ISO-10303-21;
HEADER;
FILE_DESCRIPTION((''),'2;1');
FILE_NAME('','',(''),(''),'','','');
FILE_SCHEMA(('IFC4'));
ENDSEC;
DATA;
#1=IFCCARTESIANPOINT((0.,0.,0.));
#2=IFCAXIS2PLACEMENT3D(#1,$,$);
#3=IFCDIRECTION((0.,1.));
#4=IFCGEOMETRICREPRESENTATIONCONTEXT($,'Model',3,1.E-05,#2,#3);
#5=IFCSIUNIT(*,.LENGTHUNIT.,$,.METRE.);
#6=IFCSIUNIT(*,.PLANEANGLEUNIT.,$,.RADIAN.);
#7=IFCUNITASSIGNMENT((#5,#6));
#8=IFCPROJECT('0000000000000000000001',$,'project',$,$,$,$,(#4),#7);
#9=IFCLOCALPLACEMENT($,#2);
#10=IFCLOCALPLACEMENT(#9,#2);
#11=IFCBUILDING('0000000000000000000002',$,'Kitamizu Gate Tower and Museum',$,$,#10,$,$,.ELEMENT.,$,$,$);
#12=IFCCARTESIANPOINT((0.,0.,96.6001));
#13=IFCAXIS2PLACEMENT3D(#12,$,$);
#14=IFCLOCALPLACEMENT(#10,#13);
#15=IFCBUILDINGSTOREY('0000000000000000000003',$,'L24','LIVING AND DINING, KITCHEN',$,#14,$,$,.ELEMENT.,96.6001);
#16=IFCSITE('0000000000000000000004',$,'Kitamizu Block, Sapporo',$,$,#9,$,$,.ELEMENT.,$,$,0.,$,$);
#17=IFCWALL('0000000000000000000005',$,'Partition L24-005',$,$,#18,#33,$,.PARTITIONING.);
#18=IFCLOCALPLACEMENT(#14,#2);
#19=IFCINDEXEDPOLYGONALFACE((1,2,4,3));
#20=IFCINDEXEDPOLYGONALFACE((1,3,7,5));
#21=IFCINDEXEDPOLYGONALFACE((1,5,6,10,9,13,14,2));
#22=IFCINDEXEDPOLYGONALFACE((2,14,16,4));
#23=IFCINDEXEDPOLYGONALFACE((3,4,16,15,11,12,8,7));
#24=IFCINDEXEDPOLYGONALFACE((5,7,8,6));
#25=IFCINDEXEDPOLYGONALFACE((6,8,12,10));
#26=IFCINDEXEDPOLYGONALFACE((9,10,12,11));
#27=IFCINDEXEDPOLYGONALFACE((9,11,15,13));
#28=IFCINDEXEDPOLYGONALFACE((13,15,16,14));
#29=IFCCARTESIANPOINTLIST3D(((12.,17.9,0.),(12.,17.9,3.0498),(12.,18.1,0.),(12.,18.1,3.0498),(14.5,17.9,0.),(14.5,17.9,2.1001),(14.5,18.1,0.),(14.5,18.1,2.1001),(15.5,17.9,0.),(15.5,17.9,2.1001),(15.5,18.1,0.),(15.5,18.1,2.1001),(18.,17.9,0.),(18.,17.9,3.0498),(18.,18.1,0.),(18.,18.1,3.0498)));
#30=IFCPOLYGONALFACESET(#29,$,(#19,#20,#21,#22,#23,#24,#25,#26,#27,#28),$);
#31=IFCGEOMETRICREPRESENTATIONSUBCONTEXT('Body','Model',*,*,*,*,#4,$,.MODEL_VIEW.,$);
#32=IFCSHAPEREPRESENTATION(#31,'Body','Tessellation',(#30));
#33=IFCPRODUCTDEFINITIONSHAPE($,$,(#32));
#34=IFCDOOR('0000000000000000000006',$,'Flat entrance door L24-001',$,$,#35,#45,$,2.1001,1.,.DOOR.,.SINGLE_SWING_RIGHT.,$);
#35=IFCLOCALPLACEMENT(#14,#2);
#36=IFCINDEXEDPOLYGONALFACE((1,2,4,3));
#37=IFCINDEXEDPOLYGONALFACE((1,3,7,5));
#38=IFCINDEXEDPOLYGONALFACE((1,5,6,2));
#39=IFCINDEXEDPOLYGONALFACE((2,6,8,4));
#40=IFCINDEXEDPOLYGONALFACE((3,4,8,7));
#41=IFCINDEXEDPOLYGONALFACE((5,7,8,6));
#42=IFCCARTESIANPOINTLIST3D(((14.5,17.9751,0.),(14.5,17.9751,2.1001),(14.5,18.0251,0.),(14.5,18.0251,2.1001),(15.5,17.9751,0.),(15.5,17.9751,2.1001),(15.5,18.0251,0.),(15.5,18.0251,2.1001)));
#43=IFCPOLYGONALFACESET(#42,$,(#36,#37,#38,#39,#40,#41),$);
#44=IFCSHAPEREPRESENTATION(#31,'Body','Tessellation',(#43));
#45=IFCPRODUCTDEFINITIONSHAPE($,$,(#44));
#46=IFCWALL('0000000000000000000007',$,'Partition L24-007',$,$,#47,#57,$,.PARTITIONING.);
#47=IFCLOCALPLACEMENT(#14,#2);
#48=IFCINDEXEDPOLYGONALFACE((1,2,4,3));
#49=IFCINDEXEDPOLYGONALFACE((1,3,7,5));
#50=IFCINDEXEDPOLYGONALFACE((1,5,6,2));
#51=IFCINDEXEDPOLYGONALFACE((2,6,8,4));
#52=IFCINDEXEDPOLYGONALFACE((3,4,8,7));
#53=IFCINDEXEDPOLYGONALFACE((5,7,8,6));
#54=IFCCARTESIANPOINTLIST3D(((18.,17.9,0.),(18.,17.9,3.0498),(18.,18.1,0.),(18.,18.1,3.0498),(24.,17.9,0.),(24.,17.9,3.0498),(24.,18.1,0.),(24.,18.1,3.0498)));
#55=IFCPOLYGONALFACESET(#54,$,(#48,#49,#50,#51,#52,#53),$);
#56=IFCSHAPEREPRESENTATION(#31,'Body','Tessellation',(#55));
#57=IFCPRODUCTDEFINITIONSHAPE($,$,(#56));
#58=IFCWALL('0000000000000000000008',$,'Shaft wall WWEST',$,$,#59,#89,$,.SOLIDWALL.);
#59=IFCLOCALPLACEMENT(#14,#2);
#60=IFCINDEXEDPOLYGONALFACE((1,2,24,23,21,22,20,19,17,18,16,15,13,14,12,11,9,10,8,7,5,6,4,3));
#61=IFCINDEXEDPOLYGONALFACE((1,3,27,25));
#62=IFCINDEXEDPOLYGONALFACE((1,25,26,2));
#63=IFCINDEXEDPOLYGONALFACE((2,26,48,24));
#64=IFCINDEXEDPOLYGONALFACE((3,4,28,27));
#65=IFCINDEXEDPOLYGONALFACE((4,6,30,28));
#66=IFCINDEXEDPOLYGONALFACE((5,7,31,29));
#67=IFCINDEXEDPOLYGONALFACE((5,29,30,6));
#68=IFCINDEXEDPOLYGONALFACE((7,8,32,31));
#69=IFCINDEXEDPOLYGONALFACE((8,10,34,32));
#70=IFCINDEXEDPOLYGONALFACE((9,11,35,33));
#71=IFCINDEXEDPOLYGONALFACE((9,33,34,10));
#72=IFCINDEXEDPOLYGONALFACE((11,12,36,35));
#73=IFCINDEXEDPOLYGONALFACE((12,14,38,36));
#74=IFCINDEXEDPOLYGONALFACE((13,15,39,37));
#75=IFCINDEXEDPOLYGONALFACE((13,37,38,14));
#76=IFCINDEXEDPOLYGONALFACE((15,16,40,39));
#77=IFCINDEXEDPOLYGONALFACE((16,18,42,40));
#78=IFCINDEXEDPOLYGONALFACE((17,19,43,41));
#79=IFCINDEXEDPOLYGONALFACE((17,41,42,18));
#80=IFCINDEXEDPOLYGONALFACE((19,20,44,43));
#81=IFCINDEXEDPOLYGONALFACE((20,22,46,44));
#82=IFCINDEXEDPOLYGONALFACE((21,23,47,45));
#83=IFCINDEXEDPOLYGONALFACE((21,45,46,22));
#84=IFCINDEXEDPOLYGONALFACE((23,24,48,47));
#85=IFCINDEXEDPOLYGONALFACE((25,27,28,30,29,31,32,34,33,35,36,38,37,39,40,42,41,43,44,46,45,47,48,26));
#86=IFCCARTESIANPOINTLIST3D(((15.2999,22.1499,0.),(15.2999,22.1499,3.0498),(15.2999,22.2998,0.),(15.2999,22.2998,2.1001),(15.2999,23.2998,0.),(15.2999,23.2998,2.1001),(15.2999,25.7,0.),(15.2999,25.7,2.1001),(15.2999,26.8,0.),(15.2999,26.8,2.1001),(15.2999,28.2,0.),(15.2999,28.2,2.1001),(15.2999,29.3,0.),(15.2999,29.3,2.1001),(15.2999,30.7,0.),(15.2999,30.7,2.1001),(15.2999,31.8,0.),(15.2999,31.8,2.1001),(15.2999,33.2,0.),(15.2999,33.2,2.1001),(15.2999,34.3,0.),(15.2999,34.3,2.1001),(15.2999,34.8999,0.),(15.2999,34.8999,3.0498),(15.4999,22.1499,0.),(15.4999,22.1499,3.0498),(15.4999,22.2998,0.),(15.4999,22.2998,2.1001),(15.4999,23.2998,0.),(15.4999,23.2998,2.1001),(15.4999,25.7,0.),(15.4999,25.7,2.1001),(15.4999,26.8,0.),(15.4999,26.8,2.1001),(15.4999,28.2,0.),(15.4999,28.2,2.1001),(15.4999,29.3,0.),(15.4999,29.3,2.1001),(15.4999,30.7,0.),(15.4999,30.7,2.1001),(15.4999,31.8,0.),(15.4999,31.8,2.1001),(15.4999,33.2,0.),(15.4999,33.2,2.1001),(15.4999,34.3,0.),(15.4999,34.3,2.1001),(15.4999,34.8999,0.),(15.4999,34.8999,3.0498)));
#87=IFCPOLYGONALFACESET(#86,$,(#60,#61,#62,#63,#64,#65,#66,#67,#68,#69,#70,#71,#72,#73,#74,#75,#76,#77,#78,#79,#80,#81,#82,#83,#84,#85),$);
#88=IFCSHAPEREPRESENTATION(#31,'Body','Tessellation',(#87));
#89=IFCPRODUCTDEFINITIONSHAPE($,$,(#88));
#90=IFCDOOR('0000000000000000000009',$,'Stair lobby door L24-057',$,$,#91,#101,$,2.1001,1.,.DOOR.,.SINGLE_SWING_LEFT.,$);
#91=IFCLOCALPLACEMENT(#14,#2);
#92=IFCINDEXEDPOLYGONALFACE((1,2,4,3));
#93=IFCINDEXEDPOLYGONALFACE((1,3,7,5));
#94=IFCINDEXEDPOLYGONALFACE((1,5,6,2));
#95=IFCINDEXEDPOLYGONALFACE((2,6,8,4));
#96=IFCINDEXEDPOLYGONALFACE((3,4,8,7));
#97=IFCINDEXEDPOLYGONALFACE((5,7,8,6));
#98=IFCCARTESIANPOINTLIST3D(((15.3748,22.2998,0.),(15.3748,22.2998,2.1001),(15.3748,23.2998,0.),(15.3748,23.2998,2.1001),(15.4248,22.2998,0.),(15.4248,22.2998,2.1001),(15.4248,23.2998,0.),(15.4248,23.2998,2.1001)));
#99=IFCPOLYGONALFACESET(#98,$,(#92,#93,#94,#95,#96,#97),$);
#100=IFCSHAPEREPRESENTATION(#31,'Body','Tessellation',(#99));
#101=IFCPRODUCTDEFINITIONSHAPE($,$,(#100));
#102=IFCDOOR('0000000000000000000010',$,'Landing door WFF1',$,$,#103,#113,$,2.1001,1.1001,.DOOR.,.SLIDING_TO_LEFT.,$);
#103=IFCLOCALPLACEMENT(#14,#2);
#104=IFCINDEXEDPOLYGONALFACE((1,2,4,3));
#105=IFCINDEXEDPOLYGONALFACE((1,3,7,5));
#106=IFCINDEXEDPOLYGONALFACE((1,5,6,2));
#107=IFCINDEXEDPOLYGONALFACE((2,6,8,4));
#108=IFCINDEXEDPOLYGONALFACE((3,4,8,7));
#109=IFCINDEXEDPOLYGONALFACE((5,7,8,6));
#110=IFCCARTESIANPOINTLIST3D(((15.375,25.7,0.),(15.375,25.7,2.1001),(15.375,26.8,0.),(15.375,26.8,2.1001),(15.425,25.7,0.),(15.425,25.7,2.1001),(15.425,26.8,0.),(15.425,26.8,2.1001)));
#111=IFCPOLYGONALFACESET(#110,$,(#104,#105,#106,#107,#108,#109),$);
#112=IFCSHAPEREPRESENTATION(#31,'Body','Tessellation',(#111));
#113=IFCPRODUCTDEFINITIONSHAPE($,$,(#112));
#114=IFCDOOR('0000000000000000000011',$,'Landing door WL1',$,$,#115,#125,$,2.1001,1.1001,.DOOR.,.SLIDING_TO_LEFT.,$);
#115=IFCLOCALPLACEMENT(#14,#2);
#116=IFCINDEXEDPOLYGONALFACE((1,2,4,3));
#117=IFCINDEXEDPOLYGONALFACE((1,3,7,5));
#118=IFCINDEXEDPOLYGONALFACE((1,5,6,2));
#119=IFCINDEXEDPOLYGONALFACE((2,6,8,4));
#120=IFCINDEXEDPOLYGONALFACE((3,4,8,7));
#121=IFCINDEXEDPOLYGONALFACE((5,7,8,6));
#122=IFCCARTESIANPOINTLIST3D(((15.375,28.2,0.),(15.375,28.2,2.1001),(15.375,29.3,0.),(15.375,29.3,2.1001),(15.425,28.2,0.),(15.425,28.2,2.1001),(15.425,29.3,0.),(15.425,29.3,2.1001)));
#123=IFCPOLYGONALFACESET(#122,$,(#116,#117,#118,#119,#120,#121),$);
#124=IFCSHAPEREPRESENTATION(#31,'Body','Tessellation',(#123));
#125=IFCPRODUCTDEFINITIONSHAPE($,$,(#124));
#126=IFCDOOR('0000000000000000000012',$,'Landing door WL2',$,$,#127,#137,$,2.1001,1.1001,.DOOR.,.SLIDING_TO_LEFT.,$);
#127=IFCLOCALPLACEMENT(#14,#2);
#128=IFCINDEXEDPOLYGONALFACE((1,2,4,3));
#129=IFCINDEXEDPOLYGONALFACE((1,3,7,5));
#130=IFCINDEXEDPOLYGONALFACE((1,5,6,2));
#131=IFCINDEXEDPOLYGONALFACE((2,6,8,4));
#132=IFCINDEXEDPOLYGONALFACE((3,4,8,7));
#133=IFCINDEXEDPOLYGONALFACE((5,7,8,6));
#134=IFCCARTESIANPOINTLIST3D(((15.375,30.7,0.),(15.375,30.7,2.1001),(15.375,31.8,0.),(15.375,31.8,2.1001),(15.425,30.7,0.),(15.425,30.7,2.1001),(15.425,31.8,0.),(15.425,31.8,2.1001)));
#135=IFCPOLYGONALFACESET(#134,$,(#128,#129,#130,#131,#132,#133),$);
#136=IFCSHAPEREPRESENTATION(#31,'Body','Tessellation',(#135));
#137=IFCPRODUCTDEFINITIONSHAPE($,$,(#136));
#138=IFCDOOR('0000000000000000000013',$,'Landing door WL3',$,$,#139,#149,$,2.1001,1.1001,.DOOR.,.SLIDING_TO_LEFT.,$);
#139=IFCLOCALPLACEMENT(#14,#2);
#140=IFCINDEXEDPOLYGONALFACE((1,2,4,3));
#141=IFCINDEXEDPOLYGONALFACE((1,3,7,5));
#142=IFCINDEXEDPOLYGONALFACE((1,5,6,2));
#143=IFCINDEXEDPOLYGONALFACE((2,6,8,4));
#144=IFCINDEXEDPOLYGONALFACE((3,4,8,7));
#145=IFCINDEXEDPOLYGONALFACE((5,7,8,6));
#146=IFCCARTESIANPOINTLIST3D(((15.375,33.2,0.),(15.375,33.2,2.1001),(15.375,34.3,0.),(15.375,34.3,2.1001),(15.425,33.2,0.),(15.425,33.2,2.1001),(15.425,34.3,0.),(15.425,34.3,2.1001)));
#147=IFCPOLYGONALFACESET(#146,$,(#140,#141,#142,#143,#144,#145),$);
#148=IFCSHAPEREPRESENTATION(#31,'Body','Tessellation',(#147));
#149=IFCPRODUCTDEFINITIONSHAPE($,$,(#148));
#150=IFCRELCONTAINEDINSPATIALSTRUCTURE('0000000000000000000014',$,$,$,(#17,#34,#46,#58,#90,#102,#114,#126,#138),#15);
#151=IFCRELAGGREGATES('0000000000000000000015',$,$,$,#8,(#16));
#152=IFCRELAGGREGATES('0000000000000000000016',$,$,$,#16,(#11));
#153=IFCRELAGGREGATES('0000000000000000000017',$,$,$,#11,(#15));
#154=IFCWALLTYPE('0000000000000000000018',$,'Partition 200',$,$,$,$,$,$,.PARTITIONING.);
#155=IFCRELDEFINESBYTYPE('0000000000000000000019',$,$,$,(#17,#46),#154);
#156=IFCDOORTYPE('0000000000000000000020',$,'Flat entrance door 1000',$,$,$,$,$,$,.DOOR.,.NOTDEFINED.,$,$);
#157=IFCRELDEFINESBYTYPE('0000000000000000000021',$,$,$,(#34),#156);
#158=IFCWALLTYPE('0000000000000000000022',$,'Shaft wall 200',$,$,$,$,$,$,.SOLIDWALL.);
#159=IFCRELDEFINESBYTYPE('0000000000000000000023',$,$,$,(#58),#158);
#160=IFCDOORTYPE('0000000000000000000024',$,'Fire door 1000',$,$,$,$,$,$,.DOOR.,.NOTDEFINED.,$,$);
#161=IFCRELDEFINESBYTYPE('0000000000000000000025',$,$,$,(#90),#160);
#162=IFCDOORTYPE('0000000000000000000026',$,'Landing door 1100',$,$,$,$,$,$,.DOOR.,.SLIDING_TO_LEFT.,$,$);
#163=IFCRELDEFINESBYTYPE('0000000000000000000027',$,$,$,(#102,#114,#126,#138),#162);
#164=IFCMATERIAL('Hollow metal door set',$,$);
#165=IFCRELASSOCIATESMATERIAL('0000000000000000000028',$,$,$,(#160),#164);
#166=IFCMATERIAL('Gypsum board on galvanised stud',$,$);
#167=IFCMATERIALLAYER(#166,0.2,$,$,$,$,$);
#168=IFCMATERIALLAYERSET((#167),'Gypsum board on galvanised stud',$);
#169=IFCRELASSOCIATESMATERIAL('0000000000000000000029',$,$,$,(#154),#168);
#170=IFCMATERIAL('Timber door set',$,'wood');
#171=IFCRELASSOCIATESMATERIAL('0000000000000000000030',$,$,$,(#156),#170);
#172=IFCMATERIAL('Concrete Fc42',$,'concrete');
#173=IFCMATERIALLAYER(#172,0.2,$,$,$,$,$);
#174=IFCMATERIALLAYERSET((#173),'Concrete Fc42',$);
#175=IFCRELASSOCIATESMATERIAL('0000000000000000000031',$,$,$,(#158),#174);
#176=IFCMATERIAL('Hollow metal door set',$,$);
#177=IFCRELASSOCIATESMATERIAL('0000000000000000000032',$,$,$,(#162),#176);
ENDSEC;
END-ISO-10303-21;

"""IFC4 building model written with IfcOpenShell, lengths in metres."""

from ifc_helpers import new_model, si_unit, direction, frame, frame_2d, origin, place, context, subcontext, project, spatial, rectangle, extrude, material, layer, layer_set, type_object, element, fill, save


model = new_model("IFC4")

# Units and contexts
model_context = context("Model", 3, precision=1e-05, world=origin(), true_north=direction((0.0, 1.0)))
body_context = subcontext(model_context, "Body", "Model", "MODEL_VIEW")
ifc_project = project(units=[si_unit("LENGTHUNIT", "METRE"), si_unit("PLANEANGLEUNIT", "RADIAN")], contexts=[model_context])

# Site, building, storey
site_placement = place(None, origin())
site = spatial("IfcSite", under=ifc_project, at=site_placement, Name="Kitamizu Block, Sapporo", CompositionType="ELEMENT", RefElevation=0.0)
building_placement = place(site_placement, origin())
building = spatial("IfcBuilding", under=site, at=building_placement, Name="Kitamizu Gate Tower and Museum", CompositionType="ELEMENT")
storey_placement = place(building_placement, frame((0.0, 0.0, 96.6001)))
storey = spatial("IfcBuildingStorey", under=building, at=storey_placement, Name="L24", Description="LIVING AND DINING, KITCHEN", CompositionType="ELEMENT", Elevation=96.6001)

# Shared definitions
ifc_material_1 = material(Name="Hollow metal door set")
door_type_1 = type_object("IfcDoorType", Name="Fire door 1000", OperationType="NOTDEFINED", PredefinedType="DOOR", material=ifc_material_1)

# Wall, opening, door
ifc_material_2 = material(Name="Gypsum board on galvanised stud")
ifc_layer_1 = layer(ifc_material_2, 0.2)
ifc_layer_set_1 = layer_set([ifc_layer_1], Name="Gypsum board on galvanised stud")
wall_type_1 = type_object("IfcWallType", Name="Partition 200", PredefinedType="PARTITIONING", material=ifc_layer_set_1)
wall_1_placement = place(storey_placement, frame((18.0, 18.0, 0.0), z_axis=(0.0, 0.0, 1.0), x_axis=(-1.0, 0.0, 0.0)))
wall_1 = element("IfcWall", 1, at=wall_1_placement, inside=storey, type_object=wall_type_1, Name="Partition L24-005", PredefinedType="PARTITIONING", context=body_context, shape_type="SweptSolid", body=[
    extrude(rectangle(XDim=6.0, YDim=0.2, at=frame_2d((3.0, 0.0))), origin(), (0.0, 0.0, 1.0), 3.0498),
])
opening_1_placement = place(wall_1_placement, frame((2.5, 0.0, 0.0)))
opening_1 = element("IfcOpeningElement", 2, at=opening_1_placement, cuts=wall_1, PredefinedType="OPENING", context=body_context, shape_type="SweptSolid", body=[
    extrude(rectangle(XDim=1.0, YDim=2.1001, at=frame_2d((0.5, 1.05))), frame((0.0, 0.1099, 0.0), z_axis=(0.0, -1.0, 0.0), x_axis=(1.0, 0.0, 0.0)), (0.0, 0.0, 1.0), 0.22),
])
ifc_material_3 = material(Name="Timber door set", Category="wood")
door_type_2 = type_object("IfcDoorType", Name="Flat entrance door 1000", OperationType="NOTDEFINED", PredefinedType="DOOR", material=ifc_material_3)
door_1_placement = place(opening_1_placement, origin())
door_1 = element("IfcDoor", 3, at=door_1_placement, inside=storey, type_object=door_type_2, Name="Flat entrance door L24-001", OperationType="SINGLE_SWING_RIGHT", OverallHeight=2.1001, OverallWidth=1.0, PredefinedType="DOOR", context=body_context, shape_type="SweptSolid", body=[
    extrude(rectangle(XDim=1.0, YDim=2.1001, at=frame_2d((0.5, 1.05))), frame((0.0, 0.0249, 0.0), z_axis=(0.0, -1.0, 0.0), x_axis=(1.0, 0.0, 0.0)), (0.0, 0.0, 1.0), 0.05),
])
fill(opening_1, door_1)

# Wall
wall_2_placement = place(storey_placement, frame((24.0, 18.0, 0.0), z_axis=(0.0, 0.0, 1.0), x_axis=(-1.0, 0.0, 0.0)))
element("IfcWall", 4, at=wall_2_placement, inside=storey, type_object=wall_type_1, Name="Partition L24-007", PredefinedType="PARTITIONING", context=body_context, shape_type="SweptSolid", body=[
    extrude(rectangle(XDim=6.0, YDim=0.2, at=frame_2d((3.0, 0.0))), origin(), (0.0, 0.0, 1.0), 3.0498),
])

# Wall, openings, doors
ifc_material_4 = material(Name="Concrete Fc42", Category="concrete")
ifc_layer_2 = layer(ifc_material_4, 0.2)
ifc_layer_set_2 = layer_set([ifc_layer_2], Name="Concrete Fc42")
wall_type_2 = type_object("IfcWallType", Name="Shaft wall 200", PredefinedType="SOLIDWALL", material=ifc_layer_set_2)
wall_3_placement = place(storey_placement, frame((15.3999, 22.1499, 0.0), z_axis=(0.0, 0.0, 1.0), x_axis=(0.0, 1.0, 0.0)))
wall_3 = element("IfcWall", 5, at=wall_3_placement, inside=storey, type_object=wall_type_2, Name="Shaft wall WWEST", PredefinedType="SOLIDWALL", context=body_context, shape_type="SweptSolid", body=[
    extrude(rectangle(XDim=12.75, YDim=0.2, at=frame_2d((6.375, 0.0))), origin(), (0.0, 0.0, 1.0), 3.0498),
])
opening_2_placement = place(wall_3_placement, frame((3.55, 0.0, 0.0)))
opening_2 = element("IfcOpeningElement", 6, at=opening_2_placement, cuts=wall_3, PredefinedType="OPENING", context=body_context, shape_type="SweptSolid", body=[
    extrude(rectangle(XDim=1.1001, YDim=2.1001, at=frame_2d((0.55, 1.05))), frame((0.0, 0.1099, 0.0), z_axis=(0.0, -1.0, 0.0), x_axis=(1.0, 0.0, 0.0)), (0.0, 0.0, 1.0), 0.22),
])
opening_3_placement = place(wall_3_placement, frame((6.05, 0.0, 0.0)))
opening_3 = element("IfcOpeningElement", 7, at=opening_3_placement, cuts=wall_3, PredefinedType="OPENING", context=body_context, shape_type="SweptSolid", body=[
    extrude(rectangle(XDim=1.1001, YDim=2.1001, at=frame_2d((0.55, 1.05))), frame((0.0, 0.1099, 0.0), z_axis=(0.0, -1.0, 0.0), x_axis=(1.0, 0.0, 0.0)), (0.0, 0.0, 1.0), 0.22),
])
opening_4_placement = place(wall_3_placement, frame((8.55, 0.0, 0.0)))
opening_4 = element("IfcOpeningElement", 8, at=opening_4_placement, cuts=wall_3, PredefinedType="OPENING", context=body_context, shape_type="SweptSolid", body=[
    extrude(rectangle(XDim=1.1001, YDim=2.1001, at=frame_2d((0.55, 1.05))), frame((0.0, 0.1099, 0.0), z_axis=(0.0, -1.0, 0.0), x_axis=(1.0, 0.0, 0.0)), (0.0, 0.0, 1.0), 0.22),
])
opening_5_placement = place(wall_3_placement, frame((11.05, 0.0, 0.0)))
opening_5 = element("IfcOpeningElement", 9, at=opening_5_placement, cuts=wall_3, PredefinedType="OPENING", context=body_context, shape_type="SweptSolid", body=[
    extrude(rectangle(XDim=1.1001, YDim=2.1001, at=frame_2d((0.55, 1.05))), frame((0.0, 0.1099, 0.0), z_axis=(0.0, -1.0, 0.0), x_axis=(1.0, 0.0, 0.0)), (0.0, 0.0, 1.0), 0.22),
])
opening_6_placement = place(wall_3_placement, frame((0.1499, 0.0, 0.0)))
opening_6 = element("IfcOpeningElement", 10, at=opening_6_placement, cuts=wall_3, PredefinedType="OPENING", context=body_context, shape_type="SweptSolid", body=[
    extrude(rectangle(XDim=1.0, YDim=2.1001, at=frame_2d((0.5, 1.05))), frame((0.0, 0.1099, 0.0), z_axis=(0.0, -1.0, 0.0), x_axis=(1.0, 0.0, 0.0)), (0.0, 0.0, 1.0), 0.22),
])
door_2_placement = place(opening_6_placement, frame((1.0, 0.0, 0.0), x_axis=(-1.0, 0.0, 0.0)))
door_2 = element("IfcDoor", 11, at=door_2_placement, inside=storey, type_object=door_type_1, Name="Stair lobby door L24-057", OperationType="SINGLE_SWING_LEFT", OverallHeight=2.1001, OverallWidth=1.0, PredefinedType="DOOR", context=body_context, shape_type="SweptSolid", body=[
    extrude(rectangle(XDim=1.0, YDim=2.1001, at=frame_2d((0.5, 1.05))), frame((0.0, 0.0249, 0.0), z_axis=(0.0, -1.0, 0.0), x_axis=(1.0, 0.0, 0.0)), (0.0, 0.0, 1.0), 0.05),
])
fill(opening_6, door_2)
ifc_material_5 = material(Name="Hollow metal door set")
door_type_3 = type_object("IfcDoorType", Name="Landing door 1100", OperationType="SLIDING_TO_LEFT", PredefinedType="DOOR", material=ifc_material_5)
door_3_placement = place(opening_2_placement, origin())
door_3 = element("IfcDoor", 12, at=door_3_placement, inside=storey, type_object=door_type_3, Name="Landing door WFF1", OperationType="SLIDING_TO_LEFT", OverallHeight=2.1001, OverallWidth=1.1001, PredefinedType="DOOR", context=body_context, shape_type="SweptSolid", body=[
    extrude(rectangle(XDim=1.1001, YDim=2.1001, at=frame_2d((0.55, 1.05))), frame((0.0, 0.0249, 0.0), z_axis=(0.0, -1.0, 0.0), x_axis=(1.0, 0.0, 0.0)), (0.0, 0.0, 1.0), 0.05),
])
fill(opening_2, door_3)
door_4_placement = place(opening_3_placement, origin())
door_4 = element("IfcDoor", 13, at=door_4_placement, inside=storey, type_object=door_type_3, Name="Landing door WL1", OperationType="SLIDING_TO_LEFT", OverallHeight=2.1001, OverallWidth=1.1001, PredefinedType="DOOR", context=body_context, shape_type="SweptSolid", body=[
    extrude(rectangle(XDim=1.1001, YDim=2.1001, at=frame_2d((0.55, 1.05))), frame((0.0, 0.0249, 0.0), z_axis=(0.0, -1.0, 0.0), x_axis=(1.0, 0.0, 0.0)), (0.0, 0.0, 1.0), 0.05),
])
fill(opening_3, door_4)
door_5_placement = place(opening_4_placement, origin())
door_5 = element("IfcDoor", 14, at=door_5_placement, inside=storey, type_object=door_type_3, Name="Landing door WL2", OperationType="SLIDING_TO_LEFT", OverallHeight=2.1001, OverallWidth=1.1001, PredefinedType="DOOR", context=body_context, shape_type="SweptSolid", body=[
    extrude(rectangle(XDim=1.1001, YDim=2.1001, at=frame_2d((0.55, 1.05))), frame((0.0, 0.0249, 0.0), z_axis=(0.0, -1.0, 0.0), x_axis=(1.0, 0.0, 0.0)), (0.0, 0.0, 1.0), 0.05),
])
fill(opening_4, door_5)
door_6_placement = place(opening_5_placement, origin())
door_6 = element("IfcDoor", 15, at=door_6_placement, inside=storey, type_object=door_type_3, Name="Landing door WL3", OperationType="SLIDING_TO_LEFT", OverallHeight=2.1001, OverallWidth=1.1001, PredefinedType="DOOR", context=body_context, shape_type="SweptSolid", body=[
    extrude(rectangle(XDim=1.1001, YDim=2.1001, at=frame_2d((0.55, 1.05))), frame((0.0, 0.0249, 0.0), z_axis=(0.0, -1.0, 0.0), x_axis=(1.0, 0.0, 0.0)), (0.0, 0.0, 1.0), 0.05),
])
fill(opening_5, door_6)

save(model, "model.ifc")
